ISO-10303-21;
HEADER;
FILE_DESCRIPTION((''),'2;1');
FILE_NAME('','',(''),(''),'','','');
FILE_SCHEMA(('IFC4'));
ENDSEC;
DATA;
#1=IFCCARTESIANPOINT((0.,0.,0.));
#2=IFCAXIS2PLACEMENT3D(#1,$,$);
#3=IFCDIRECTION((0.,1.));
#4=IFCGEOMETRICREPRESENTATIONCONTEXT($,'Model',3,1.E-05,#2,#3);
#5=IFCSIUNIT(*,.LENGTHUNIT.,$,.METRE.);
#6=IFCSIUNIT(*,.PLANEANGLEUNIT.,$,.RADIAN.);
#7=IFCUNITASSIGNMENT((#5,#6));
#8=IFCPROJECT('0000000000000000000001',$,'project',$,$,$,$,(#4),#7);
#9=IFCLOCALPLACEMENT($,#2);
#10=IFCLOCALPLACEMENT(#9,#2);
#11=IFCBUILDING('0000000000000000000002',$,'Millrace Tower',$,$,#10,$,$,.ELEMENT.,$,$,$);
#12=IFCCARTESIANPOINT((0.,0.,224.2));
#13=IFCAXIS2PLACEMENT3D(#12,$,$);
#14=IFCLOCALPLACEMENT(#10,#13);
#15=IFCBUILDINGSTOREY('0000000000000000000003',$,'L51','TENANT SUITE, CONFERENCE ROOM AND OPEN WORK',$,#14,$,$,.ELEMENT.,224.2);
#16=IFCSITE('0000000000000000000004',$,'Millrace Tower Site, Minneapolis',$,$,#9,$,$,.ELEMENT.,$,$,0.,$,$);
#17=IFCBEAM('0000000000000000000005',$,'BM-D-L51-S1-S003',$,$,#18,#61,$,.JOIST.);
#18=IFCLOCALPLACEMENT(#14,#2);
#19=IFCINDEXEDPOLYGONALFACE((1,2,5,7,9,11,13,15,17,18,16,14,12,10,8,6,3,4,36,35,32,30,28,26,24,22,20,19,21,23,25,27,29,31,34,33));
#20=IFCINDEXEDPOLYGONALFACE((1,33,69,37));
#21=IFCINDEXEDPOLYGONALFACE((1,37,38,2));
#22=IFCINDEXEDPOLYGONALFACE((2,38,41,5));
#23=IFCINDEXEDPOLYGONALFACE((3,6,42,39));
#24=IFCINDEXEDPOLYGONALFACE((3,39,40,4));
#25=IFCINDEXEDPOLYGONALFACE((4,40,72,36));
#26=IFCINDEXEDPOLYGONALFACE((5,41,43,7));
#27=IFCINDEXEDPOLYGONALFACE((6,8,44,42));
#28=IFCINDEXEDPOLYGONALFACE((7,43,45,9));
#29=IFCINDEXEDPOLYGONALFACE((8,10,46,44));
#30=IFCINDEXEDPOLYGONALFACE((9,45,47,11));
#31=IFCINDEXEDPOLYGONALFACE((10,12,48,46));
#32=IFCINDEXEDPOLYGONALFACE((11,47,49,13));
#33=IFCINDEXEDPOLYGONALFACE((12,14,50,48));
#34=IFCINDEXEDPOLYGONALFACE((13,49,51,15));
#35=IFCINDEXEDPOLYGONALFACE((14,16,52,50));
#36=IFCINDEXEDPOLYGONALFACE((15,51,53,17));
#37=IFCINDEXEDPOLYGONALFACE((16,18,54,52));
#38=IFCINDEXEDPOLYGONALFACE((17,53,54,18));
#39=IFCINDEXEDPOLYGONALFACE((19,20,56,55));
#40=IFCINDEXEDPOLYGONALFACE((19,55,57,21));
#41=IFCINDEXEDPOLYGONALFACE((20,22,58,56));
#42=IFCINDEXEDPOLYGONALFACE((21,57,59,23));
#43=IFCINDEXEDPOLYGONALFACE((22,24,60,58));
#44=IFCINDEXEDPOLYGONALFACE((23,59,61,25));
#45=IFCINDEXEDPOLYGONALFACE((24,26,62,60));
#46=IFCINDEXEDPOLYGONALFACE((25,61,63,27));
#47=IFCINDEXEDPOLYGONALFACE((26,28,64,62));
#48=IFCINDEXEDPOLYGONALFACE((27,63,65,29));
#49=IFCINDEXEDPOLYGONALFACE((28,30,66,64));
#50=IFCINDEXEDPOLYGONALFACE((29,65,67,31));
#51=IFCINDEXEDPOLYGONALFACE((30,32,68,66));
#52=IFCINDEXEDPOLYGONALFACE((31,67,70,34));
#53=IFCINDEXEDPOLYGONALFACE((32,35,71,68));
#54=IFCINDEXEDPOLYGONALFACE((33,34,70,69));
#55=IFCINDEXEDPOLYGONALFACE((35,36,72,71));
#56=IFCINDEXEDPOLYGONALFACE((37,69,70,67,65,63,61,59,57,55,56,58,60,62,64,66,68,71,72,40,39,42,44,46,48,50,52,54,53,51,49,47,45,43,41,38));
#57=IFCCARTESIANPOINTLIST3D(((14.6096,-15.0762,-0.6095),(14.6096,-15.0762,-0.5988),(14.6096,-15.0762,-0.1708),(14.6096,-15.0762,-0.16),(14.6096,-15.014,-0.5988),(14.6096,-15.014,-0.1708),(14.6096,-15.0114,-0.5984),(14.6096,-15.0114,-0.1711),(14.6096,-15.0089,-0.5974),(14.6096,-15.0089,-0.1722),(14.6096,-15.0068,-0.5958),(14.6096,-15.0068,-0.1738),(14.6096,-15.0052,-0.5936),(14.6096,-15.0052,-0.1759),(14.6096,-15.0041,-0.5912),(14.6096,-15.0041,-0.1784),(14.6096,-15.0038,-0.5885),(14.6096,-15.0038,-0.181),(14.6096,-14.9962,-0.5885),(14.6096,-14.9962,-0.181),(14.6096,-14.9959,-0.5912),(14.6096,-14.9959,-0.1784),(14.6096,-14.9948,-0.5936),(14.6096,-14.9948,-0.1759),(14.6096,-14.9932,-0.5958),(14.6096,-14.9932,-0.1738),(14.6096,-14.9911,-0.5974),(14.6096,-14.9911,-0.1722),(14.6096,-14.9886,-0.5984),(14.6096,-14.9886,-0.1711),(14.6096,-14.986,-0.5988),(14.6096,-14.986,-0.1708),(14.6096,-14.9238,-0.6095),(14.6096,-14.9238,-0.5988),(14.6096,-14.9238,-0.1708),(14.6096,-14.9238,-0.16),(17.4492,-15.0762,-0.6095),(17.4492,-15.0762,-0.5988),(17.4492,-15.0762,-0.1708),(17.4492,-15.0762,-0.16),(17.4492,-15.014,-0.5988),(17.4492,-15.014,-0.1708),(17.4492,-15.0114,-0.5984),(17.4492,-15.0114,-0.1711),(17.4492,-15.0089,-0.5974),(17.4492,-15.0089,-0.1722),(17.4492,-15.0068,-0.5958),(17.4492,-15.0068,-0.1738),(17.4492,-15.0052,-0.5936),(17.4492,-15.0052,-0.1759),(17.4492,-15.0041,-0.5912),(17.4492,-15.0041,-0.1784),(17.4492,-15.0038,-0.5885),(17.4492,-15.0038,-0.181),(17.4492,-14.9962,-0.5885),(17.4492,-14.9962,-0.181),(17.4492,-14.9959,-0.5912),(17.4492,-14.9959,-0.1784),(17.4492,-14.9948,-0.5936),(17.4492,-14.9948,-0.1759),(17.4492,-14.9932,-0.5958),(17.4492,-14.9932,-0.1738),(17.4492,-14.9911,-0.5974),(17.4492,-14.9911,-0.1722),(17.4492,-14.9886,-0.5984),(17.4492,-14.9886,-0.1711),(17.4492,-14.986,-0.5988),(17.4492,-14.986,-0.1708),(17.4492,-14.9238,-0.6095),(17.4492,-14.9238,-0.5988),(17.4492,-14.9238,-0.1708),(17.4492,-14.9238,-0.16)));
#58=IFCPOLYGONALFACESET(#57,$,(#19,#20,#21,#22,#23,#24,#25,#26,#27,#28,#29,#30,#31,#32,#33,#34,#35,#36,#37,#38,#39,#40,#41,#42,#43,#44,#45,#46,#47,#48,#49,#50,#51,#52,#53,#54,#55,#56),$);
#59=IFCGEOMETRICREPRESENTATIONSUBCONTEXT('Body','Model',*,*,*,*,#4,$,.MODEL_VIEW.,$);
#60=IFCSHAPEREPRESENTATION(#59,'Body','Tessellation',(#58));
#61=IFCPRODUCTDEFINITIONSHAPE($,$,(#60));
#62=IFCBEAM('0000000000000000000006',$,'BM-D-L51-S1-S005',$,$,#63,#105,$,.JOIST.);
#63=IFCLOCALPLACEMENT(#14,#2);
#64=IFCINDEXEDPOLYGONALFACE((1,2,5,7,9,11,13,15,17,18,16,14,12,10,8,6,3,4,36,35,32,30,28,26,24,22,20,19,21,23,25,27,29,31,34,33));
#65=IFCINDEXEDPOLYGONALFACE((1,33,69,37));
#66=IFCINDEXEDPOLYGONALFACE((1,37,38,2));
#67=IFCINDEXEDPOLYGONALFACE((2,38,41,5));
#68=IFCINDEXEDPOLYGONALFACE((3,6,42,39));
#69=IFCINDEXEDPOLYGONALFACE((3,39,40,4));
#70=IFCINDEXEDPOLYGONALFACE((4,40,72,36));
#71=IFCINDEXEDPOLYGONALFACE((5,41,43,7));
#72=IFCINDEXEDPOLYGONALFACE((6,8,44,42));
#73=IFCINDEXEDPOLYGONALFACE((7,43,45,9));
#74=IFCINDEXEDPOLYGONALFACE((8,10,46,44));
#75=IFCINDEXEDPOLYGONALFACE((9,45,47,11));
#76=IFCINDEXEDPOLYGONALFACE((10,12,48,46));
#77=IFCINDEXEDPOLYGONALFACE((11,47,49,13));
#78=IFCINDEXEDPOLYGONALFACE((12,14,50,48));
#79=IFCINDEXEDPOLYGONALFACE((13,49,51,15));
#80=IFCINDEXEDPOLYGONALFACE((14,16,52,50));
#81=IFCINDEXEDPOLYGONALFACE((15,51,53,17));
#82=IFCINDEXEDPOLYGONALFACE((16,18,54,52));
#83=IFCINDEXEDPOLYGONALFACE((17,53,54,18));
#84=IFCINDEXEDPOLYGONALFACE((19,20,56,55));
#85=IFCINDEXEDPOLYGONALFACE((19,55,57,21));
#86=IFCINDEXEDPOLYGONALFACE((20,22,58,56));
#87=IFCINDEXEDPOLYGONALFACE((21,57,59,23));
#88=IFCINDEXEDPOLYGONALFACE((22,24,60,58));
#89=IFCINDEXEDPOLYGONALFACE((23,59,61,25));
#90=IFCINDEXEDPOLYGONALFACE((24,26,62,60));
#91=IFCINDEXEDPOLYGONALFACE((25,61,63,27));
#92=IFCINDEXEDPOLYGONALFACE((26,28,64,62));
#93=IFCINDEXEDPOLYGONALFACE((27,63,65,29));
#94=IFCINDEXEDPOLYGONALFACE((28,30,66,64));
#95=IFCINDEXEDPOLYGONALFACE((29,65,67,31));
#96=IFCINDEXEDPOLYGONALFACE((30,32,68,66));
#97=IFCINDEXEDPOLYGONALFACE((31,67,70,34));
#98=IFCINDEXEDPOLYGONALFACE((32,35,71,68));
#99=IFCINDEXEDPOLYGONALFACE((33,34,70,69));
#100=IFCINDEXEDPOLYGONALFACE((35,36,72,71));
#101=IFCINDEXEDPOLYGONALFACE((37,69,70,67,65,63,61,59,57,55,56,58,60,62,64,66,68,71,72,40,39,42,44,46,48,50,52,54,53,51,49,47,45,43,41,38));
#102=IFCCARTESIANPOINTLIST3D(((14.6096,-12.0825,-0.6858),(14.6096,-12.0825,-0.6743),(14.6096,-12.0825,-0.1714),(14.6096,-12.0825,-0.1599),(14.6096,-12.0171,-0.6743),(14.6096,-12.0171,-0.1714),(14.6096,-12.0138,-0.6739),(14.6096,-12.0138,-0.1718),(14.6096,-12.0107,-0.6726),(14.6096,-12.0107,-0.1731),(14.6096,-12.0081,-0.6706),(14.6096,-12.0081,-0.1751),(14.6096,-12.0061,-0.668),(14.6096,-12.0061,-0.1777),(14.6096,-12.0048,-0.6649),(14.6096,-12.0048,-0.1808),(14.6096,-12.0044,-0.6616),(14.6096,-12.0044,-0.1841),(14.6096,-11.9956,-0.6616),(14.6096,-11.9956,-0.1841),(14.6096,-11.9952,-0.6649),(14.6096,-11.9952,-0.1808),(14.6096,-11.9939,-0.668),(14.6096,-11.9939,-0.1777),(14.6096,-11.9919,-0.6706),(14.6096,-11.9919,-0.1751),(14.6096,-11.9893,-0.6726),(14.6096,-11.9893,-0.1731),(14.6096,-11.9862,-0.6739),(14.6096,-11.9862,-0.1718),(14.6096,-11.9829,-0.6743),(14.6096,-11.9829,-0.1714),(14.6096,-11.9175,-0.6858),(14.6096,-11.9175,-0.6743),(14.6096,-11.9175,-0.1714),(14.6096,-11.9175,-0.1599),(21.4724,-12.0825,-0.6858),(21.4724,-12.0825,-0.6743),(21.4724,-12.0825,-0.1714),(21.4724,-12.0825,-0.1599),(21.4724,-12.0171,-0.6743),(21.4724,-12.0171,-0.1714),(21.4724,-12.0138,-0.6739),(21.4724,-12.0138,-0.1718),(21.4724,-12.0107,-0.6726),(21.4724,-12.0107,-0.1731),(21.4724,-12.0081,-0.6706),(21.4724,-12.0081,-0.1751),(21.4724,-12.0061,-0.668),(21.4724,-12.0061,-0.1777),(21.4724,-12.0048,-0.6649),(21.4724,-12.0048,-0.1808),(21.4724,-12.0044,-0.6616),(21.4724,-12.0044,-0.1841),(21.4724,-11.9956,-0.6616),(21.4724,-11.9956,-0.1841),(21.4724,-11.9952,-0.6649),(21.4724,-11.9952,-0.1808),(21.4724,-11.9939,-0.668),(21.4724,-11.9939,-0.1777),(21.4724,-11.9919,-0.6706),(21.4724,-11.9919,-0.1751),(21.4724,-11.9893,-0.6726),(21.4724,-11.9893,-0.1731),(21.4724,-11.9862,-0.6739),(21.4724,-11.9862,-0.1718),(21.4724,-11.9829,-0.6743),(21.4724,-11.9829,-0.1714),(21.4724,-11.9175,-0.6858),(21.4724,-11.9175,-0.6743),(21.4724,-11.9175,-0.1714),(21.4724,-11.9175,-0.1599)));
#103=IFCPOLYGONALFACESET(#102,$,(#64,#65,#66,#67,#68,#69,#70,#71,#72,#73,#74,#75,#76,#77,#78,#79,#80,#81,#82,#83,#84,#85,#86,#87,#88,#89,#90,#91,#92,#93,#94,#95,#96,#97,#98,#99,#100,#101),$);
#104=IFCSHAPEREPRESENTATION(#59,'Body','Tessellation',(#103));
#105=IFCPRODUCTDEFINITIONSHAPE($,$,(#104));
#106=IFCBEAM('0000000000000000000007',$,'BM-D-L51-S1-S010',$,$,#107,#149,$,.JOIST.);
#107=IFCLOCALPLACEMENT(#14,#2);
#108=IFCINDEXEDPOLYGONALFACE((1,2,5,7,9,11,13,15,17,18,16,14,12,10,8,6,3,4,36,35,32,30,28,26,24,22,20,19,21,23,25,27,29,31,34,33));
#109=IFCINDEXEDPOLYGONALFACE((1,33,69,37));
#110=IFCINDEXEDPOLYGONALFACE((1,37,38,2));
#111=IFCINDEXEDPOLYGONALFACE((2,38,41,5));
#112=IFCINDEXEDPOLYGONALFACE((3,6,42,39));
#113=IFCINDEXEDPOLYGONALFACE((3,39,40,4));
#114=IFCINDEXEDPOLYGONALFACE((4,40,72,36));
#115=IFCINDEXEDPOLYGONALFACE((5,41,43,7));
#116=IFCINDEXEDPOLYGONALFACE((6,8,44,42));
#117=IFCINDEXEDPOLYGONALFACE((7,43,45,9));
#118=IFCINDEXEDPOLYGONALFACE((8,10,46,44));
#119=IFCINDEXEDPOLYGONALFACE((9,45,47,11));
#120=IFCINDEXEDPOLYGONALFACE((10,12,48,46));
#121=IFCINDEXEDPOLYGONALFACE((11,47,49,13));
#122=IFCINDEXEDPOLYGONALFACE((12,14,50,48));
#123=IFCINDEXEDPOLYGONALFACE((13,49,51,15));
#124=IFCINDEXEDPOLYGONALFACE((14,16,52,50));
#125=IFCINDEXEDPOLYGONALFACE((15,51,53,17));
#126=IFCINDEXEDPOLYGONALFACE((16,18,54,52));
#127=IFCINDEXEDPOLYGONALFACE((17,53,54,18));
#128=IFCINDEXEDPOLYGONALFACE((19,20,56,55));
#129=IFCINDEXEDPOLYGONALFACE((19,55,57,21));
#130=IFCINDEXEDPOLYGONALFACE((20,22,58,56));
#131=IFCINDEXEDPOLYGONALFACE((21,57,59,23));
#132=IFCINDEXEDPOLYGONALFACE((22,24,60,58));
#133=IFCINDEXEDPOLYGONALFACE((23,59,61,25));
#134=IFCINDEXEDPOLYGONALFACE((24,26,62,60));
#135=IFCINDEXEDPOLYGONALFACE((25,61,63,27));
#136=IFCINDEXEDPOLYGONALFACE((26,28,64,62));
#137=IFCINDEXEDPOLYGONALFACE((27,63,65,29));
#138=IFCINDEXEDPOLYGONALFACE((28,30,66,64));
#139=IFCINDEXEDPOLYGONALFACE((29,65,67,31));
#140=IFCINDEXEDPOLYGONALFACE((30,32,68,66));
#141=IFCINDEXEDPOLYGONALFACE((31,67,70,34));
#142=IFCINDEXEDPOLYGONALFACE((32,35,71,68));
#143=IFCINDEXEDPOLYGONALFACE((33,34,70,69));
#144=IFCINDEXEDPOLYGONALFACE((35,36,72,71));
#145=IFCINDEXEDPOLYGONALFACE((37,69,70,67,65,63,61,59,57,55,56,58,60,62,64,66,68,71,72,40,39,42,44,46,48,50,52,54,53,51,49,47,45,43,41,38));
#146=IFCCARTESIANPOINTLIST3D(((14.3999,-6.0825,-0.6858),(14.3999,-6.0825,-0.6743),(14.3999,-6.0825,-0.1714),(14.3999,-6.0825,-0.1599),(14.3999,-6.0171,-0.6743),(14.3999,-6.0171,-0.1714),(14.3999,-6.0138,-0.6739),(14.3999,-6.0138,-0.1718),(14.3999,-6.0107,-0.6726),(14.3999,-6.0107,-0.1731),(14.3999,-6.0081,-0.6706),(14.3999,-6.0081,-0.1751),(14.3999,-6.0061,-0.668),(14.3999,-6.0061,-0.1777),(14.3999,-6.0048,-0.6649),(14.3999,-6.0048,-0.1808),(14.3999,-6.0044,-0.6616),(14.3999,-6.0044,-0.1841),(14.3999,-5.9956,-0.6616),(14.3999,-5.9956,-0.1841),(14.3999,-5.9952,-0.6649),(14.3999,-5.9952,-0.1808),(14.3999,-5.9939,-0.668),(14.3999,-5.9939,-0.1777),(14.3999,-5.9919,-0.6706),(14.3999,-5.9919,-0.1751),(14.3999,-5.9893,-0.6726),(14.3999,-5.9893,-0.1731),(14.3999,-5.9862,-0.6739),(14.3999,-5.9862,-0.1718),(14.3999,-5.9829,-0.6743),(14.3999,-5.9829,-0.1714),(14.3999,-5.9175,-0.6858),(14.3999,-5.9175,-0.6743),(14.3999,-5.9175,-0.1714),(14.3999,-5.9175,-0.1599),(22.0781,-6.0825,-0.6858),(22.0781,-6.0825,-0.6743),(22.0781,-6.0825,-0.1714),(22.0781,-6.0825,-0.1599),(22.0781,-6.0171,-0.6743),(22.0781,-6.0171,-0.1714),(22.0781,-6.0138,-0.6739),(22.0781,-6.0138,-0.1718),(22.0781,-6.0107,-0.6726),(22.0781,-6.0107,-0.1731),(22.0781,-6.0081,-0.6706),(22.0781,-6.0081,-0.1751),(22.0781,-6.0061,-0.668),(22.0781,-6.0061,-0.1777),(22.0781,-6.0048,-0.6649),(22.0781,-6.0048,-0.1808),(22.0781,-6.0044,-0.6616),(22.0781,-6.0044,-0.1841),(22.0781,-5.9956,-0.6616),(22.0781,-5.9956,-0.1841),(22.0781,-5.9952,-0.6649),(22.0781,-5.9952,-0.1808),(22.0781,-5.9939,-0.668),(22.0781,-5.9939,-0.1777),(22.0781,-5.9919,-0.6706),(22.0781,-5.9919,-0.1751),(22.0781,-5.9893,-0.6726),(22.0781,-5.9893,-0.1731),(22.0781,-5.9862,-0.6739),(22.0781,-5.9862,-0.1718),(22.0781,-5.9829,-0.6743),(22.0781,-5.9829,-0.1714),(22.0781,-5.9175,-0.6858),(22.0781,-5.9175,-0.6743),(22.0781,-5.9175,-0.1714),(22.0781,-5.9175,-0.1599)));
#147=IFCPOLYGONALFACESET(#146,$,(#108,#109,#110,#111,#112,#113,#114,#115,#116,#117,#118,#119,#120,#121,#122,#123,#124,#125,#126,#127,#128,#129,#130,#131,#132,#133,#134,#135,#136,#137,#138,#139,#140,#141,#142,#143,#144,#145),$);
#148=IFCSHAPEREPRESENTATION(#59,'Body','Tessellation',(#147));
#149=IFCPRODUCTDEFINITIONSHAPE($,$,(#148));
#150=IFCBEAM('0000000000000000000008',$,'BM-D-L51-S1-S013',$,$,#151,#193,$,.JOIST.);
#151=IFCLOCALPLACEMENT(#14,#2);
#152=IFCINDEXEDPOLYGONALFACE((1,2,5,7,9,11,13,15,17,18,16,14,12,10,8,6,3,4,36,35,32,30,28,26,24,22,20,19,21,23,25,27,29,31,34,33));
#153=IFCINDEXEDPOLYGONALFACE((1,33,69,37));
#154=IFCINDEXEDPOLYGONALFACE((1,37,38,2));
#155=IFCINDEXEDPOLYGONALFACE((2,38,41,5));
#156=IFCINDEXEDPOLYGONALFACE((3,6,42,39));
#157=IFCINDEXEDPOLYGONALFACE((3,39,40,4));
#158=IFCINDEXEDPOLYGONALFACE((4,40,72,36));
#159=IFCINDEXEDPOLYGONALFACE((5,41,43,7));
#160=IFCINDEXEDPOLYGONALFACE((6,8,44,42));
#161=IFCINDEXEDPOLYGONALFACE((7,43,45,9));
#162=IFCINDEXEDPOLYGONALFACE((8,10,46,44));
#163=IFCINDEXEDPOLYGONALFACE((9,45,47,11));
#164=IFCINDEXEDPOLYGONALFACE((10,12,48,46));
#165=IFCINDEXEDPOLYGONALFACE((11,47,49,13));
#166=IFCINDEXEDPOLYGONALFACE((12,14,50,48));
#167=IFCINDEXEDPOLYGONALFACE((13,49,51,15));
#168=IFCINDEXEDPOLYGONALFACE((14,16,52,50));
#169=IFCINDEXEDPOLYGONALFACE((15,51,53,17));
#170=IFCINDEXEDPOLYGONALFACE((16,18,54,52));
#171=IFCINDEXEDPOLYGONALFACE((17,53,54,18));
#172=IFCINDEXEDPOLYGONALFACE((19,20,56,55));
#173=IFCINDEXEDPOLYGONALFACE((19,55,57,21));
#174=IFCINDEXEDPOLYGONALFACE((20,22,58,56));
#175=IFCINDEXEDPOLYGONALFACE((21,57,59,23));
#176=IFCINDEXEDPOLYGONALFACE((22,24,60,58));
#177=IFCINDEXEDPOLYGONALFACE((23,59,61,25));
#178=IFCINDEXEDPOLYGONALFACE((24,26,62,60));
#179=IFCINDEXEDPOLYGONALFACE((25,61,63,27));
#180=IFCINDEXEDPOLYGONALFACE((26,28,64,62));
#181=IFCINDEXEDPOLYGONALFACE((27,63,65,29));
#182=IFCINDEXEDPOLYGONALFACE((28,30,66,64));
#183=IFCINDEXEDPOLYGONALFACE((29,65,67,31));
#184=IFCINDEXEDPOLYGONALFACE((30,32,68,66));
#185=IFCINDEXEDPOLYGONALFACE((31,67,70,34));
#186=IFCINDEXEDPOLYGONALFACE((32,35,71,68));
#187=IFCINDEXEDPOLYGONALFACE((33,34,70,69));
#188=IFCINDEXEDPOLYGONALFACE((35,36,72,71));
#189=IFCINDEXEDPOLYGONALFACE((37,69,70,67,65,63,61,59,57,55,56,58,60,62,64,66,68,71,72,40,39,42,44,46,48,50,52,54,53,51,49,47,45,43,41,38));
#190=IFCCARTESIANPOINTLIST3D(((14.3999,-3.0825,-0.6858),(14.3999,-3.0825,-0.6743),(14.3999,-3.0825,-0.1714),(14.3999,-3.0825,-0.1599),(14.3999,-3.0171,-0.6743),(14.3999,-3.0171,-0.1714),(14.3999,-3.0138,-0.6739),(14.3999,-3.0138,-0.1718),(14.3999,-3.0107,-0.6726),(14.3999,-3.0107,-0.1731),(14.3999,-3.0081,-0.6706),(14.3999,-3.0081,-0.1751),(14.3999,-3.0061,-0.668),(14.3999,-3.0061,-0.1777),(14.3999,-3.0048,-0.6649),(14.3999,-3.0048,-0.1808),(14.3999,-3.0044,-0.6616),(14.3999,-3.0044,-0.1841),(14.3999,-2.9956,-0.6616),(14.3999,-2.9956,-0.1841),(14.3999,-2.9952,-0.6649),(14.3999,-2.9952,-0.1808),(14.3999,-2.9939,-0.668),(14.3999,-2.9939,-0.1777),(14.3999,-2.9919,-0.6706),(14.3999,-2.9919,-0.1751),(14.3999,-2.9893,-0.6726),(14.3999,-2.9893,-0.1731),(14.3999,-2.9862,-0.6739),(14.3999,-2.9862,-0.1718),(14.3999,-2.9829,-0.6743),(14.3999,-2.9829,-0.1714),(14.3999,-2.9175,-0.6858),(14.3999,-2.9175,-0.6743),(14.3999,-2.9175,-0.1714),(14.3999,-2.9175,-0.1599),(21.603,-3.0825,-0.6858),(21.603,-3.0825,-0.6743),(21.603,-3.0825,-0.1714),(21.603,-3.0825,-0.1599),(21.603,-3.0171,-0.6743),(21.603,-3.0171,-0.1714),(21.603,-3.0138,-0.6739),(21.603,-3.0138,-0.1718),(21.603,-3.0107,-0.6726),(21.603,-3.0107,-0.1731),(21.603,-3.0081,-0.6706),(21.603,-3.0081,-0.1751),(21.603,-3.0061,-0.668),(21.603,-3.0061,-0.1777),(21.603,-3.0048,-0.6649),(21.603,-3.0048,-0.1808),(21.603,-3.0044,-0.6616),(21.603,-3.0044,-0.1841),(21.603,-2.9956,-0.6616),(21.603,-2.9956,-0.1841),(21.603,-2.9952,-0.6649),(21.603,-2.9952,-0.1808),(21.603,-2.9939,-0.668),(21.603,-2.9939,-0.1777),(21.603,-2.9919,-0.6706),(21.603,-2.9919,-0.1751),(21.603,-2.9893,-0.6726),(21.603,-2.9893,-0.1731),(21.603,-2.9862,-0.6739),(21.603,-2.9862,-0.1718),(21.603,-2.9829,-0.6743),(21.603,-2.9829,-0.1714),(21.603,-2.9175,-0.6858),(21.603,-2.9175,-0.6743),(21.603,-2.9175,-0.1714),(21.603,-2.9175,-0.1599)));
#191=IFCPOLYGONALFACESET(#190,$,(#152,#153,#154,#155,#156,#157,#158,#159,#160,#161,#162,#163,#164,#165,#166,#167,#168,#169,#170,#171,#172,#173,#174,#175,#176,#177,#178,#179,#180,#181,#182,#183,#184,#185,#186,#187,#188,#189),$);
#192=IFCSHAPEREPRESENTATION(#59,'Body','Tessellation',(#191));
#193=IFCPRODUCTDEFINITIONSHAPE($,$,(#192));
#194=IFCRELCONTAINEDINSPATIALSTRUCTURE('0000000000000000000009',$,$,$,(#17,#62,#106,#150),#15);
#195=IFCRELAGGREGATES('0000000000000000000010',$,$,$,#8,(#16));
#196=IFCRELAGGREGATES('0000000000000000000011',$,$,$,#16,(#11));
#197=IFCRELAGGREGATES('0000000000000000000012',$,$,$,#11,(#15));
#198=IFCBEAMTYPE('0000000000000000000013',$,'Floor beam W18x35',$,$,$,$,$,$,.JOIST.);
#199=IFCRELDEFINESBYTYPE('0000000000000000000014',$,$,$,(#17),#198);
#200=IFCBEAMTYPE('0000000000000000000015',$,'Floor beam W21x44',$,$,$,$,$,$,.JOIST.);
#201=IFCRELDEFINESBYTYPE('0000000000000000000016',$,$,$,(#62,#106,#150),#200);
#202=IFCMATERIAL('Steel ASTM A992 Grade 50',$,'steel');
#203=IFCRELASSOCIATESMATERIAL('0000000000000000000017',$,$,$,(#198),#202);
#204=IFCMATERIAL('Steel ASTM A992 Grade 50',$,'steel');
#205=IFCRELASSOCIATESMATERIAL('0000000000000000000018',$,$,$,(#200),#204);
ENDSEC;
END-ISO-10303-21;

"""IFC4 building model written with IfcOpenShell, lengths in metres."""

from ifc_helpers import new_model, si_unit, direction, frame, origin, origin_2d, place, context, subcontext, project, spatial, i_section, extrude, material, material_profile, profile_set, type_object, element, save


model = new_model("IFC4")

# Units and contexts
model_context = context("Model", 3, precision=1e-05, world=origin(), true_north=direction((0.0, 1.0)))
body_context = subcontext(model_context, "Body", "Model", "MODEL_VIEW")
ifc_project = project(units=[si_unit("LENGTHUNIT", "METRE"), si_unit("PLANEANGLEUNIT", "RADIAN")], contexts=[model_context])

# Site, building, storey
site_placement = place(None, origin())
site = spatial("IfcSite", under=ifc_project, at=site_placement, Name="Millrace Tower Site, Minneapolis", CompositionType="ELEMENT", RefElevation=0.0)
building_placement = place(site_placement, origin())
building = spatial("IfcBuilding", under=site, at=building_placement, Name="Millrace Tower", CompositionType="ELEMENT")
storey_placement = place(building_placement, frame((0.0, 0.0, 224.2)))
storey = spatial("IfcBuildingStorey", under=building, at=storey_placement, Name="L51", Description="TENANT SUITE, CONFERENCE ROOM AND OPEN WORK", CompositionType="ELEMENT", Elevation=224.2)

# Beams
ifc_material_1 = material(Name="Steel ASTM A992 Grade 50", Category="steel")
ifc_material_profile_1 = material_profile(ifc_material_1, i_section(OverallWidth=0.1523, OverallDepth=0.4495, WebThickness=0.0076, FlangeThickness=0.0107, FilletRadius=0.0103, at=origin_2d()))
ifc_profile_set_1 = profile_set([ifc_material_profile_1], Name="Steel ASTM A992 Grade 50")
beam_type_1 = type_object("IfcBeamType", Name="Floor beam W18x35", PredefinedType="JOIST", material=ifc_profile_set_1)
beam_1_placement = place(storey_placement, frame((14.6096, -15.0, -0.3848), z_axis=(1.0, 0.0, 0.0), x_axis=(0.0, 1.0, 0.0)))
element("IfcBeam", 1, at=beam_1_placement, inside=storey, type_object=beam_type_1, Name="BM-D-L51-S1-S003", PredefinedType="JOIST", context=body_context, shape_type="SweptSolid", body=[
    extrude(i_section(OverallWidth=0.1523, OverallDepth=0.4495, WebThickness=0.0076, FlangeThickness=0.0107, FilletRadius=0.0103, at=origin_2d()), origin(), (0.0, 0.0, 1.0), 2.8396),
])
ifc_material_2 = material(Name="Steel ASTM A992 Grade 50", Category="steel")
ifc_material_profile_2 = material_profile(ifc_material_2, i_section(OverallWidth=0.165, OverallDepth=0.5259, WebThickness=0.0088, FlangeThickness=0.0115, FilletRadius=0.0127, at=origin_2d()))
ifc_profile_set_2 = profile_set([ifc_material_profile_2], Name="Steel ASTM A992 Grade 50")
beam_type_2 = type_object("IfcBeamType", Name="Floor beam W21x44", PredefinedType="JOIST", material=ifc_profile_set_2)
beam_2_placement = place(storey_placement, frame((14.6096, -12.0, -0.4229), z_axis=(1.0, 0.0, 0.0), x_axis=(0.0, 1.0, 0.0)))
element("IfcBeam", 2, at=beam_2_placement, inside=storey, type_object=beam_type_2, Name="BM-D-L51-S1-S005", PredefinedType="JOIST", context=body_context, shape_type="SweptSolid", body=[
    extrude(i_section(OverallWidth=0.165, OverallDepth=0.5259, WebThickness=0.0088, FlangeThickness=0.0115, FilletRadius=0.0127, at=origin_2d()), origin(), (0.0, 0.0, 1.0), 6.8628),
])
beam_3_placement = place(storey_placement, frame((14.3999, -6.0, -0.4229), z_axis=(1.0, 0.0, 0.0), x_axis=(0.0, 1.0, 0.0)))
element("IfcBeam", 3, at=beam_3_placement, inside=storey, type_object=beam_type_2, Name="BM-D-L51-S1-S010", PredefinedType="JOIST", context=body_context, shape_type="SweptSolid", body=[
    extrude(i_section(OverallWidth=0.165, OverallDepth=0.5259, WebThickness=0.0088, FlangeThickness=0.0115, FilletRadius=0.0127, at=origin_2d()), origin(), (0.0, 0.0, 1.0), 7.6782),
])
beam_4_placement = place(storey_placement, frame((14.3999, -3.0, -0.4229), z_axis=(1.0, 0.0, 0.0), x_axis=(0.0, 1.0, 0.0)))
element("IfcBeam", 4, at=beam_4_placement, inside=storey, type_object=beam_type_2, Name="BM-D-L51-S1-S013", PredefinedType="JOIST", context=body_context, shape_type="SweptSolid", body=[
    extrude(i_section(OverallWidth=0.165, OverallDepth=0.5259, WebThickness=0.0088, FlangeThickness=0.0115, FilletRadius=0.0127, at=origin_2d()), origin(), (0.0, 0.0, 1.0), 7.2031),
])

save(model, "model.ifc")
